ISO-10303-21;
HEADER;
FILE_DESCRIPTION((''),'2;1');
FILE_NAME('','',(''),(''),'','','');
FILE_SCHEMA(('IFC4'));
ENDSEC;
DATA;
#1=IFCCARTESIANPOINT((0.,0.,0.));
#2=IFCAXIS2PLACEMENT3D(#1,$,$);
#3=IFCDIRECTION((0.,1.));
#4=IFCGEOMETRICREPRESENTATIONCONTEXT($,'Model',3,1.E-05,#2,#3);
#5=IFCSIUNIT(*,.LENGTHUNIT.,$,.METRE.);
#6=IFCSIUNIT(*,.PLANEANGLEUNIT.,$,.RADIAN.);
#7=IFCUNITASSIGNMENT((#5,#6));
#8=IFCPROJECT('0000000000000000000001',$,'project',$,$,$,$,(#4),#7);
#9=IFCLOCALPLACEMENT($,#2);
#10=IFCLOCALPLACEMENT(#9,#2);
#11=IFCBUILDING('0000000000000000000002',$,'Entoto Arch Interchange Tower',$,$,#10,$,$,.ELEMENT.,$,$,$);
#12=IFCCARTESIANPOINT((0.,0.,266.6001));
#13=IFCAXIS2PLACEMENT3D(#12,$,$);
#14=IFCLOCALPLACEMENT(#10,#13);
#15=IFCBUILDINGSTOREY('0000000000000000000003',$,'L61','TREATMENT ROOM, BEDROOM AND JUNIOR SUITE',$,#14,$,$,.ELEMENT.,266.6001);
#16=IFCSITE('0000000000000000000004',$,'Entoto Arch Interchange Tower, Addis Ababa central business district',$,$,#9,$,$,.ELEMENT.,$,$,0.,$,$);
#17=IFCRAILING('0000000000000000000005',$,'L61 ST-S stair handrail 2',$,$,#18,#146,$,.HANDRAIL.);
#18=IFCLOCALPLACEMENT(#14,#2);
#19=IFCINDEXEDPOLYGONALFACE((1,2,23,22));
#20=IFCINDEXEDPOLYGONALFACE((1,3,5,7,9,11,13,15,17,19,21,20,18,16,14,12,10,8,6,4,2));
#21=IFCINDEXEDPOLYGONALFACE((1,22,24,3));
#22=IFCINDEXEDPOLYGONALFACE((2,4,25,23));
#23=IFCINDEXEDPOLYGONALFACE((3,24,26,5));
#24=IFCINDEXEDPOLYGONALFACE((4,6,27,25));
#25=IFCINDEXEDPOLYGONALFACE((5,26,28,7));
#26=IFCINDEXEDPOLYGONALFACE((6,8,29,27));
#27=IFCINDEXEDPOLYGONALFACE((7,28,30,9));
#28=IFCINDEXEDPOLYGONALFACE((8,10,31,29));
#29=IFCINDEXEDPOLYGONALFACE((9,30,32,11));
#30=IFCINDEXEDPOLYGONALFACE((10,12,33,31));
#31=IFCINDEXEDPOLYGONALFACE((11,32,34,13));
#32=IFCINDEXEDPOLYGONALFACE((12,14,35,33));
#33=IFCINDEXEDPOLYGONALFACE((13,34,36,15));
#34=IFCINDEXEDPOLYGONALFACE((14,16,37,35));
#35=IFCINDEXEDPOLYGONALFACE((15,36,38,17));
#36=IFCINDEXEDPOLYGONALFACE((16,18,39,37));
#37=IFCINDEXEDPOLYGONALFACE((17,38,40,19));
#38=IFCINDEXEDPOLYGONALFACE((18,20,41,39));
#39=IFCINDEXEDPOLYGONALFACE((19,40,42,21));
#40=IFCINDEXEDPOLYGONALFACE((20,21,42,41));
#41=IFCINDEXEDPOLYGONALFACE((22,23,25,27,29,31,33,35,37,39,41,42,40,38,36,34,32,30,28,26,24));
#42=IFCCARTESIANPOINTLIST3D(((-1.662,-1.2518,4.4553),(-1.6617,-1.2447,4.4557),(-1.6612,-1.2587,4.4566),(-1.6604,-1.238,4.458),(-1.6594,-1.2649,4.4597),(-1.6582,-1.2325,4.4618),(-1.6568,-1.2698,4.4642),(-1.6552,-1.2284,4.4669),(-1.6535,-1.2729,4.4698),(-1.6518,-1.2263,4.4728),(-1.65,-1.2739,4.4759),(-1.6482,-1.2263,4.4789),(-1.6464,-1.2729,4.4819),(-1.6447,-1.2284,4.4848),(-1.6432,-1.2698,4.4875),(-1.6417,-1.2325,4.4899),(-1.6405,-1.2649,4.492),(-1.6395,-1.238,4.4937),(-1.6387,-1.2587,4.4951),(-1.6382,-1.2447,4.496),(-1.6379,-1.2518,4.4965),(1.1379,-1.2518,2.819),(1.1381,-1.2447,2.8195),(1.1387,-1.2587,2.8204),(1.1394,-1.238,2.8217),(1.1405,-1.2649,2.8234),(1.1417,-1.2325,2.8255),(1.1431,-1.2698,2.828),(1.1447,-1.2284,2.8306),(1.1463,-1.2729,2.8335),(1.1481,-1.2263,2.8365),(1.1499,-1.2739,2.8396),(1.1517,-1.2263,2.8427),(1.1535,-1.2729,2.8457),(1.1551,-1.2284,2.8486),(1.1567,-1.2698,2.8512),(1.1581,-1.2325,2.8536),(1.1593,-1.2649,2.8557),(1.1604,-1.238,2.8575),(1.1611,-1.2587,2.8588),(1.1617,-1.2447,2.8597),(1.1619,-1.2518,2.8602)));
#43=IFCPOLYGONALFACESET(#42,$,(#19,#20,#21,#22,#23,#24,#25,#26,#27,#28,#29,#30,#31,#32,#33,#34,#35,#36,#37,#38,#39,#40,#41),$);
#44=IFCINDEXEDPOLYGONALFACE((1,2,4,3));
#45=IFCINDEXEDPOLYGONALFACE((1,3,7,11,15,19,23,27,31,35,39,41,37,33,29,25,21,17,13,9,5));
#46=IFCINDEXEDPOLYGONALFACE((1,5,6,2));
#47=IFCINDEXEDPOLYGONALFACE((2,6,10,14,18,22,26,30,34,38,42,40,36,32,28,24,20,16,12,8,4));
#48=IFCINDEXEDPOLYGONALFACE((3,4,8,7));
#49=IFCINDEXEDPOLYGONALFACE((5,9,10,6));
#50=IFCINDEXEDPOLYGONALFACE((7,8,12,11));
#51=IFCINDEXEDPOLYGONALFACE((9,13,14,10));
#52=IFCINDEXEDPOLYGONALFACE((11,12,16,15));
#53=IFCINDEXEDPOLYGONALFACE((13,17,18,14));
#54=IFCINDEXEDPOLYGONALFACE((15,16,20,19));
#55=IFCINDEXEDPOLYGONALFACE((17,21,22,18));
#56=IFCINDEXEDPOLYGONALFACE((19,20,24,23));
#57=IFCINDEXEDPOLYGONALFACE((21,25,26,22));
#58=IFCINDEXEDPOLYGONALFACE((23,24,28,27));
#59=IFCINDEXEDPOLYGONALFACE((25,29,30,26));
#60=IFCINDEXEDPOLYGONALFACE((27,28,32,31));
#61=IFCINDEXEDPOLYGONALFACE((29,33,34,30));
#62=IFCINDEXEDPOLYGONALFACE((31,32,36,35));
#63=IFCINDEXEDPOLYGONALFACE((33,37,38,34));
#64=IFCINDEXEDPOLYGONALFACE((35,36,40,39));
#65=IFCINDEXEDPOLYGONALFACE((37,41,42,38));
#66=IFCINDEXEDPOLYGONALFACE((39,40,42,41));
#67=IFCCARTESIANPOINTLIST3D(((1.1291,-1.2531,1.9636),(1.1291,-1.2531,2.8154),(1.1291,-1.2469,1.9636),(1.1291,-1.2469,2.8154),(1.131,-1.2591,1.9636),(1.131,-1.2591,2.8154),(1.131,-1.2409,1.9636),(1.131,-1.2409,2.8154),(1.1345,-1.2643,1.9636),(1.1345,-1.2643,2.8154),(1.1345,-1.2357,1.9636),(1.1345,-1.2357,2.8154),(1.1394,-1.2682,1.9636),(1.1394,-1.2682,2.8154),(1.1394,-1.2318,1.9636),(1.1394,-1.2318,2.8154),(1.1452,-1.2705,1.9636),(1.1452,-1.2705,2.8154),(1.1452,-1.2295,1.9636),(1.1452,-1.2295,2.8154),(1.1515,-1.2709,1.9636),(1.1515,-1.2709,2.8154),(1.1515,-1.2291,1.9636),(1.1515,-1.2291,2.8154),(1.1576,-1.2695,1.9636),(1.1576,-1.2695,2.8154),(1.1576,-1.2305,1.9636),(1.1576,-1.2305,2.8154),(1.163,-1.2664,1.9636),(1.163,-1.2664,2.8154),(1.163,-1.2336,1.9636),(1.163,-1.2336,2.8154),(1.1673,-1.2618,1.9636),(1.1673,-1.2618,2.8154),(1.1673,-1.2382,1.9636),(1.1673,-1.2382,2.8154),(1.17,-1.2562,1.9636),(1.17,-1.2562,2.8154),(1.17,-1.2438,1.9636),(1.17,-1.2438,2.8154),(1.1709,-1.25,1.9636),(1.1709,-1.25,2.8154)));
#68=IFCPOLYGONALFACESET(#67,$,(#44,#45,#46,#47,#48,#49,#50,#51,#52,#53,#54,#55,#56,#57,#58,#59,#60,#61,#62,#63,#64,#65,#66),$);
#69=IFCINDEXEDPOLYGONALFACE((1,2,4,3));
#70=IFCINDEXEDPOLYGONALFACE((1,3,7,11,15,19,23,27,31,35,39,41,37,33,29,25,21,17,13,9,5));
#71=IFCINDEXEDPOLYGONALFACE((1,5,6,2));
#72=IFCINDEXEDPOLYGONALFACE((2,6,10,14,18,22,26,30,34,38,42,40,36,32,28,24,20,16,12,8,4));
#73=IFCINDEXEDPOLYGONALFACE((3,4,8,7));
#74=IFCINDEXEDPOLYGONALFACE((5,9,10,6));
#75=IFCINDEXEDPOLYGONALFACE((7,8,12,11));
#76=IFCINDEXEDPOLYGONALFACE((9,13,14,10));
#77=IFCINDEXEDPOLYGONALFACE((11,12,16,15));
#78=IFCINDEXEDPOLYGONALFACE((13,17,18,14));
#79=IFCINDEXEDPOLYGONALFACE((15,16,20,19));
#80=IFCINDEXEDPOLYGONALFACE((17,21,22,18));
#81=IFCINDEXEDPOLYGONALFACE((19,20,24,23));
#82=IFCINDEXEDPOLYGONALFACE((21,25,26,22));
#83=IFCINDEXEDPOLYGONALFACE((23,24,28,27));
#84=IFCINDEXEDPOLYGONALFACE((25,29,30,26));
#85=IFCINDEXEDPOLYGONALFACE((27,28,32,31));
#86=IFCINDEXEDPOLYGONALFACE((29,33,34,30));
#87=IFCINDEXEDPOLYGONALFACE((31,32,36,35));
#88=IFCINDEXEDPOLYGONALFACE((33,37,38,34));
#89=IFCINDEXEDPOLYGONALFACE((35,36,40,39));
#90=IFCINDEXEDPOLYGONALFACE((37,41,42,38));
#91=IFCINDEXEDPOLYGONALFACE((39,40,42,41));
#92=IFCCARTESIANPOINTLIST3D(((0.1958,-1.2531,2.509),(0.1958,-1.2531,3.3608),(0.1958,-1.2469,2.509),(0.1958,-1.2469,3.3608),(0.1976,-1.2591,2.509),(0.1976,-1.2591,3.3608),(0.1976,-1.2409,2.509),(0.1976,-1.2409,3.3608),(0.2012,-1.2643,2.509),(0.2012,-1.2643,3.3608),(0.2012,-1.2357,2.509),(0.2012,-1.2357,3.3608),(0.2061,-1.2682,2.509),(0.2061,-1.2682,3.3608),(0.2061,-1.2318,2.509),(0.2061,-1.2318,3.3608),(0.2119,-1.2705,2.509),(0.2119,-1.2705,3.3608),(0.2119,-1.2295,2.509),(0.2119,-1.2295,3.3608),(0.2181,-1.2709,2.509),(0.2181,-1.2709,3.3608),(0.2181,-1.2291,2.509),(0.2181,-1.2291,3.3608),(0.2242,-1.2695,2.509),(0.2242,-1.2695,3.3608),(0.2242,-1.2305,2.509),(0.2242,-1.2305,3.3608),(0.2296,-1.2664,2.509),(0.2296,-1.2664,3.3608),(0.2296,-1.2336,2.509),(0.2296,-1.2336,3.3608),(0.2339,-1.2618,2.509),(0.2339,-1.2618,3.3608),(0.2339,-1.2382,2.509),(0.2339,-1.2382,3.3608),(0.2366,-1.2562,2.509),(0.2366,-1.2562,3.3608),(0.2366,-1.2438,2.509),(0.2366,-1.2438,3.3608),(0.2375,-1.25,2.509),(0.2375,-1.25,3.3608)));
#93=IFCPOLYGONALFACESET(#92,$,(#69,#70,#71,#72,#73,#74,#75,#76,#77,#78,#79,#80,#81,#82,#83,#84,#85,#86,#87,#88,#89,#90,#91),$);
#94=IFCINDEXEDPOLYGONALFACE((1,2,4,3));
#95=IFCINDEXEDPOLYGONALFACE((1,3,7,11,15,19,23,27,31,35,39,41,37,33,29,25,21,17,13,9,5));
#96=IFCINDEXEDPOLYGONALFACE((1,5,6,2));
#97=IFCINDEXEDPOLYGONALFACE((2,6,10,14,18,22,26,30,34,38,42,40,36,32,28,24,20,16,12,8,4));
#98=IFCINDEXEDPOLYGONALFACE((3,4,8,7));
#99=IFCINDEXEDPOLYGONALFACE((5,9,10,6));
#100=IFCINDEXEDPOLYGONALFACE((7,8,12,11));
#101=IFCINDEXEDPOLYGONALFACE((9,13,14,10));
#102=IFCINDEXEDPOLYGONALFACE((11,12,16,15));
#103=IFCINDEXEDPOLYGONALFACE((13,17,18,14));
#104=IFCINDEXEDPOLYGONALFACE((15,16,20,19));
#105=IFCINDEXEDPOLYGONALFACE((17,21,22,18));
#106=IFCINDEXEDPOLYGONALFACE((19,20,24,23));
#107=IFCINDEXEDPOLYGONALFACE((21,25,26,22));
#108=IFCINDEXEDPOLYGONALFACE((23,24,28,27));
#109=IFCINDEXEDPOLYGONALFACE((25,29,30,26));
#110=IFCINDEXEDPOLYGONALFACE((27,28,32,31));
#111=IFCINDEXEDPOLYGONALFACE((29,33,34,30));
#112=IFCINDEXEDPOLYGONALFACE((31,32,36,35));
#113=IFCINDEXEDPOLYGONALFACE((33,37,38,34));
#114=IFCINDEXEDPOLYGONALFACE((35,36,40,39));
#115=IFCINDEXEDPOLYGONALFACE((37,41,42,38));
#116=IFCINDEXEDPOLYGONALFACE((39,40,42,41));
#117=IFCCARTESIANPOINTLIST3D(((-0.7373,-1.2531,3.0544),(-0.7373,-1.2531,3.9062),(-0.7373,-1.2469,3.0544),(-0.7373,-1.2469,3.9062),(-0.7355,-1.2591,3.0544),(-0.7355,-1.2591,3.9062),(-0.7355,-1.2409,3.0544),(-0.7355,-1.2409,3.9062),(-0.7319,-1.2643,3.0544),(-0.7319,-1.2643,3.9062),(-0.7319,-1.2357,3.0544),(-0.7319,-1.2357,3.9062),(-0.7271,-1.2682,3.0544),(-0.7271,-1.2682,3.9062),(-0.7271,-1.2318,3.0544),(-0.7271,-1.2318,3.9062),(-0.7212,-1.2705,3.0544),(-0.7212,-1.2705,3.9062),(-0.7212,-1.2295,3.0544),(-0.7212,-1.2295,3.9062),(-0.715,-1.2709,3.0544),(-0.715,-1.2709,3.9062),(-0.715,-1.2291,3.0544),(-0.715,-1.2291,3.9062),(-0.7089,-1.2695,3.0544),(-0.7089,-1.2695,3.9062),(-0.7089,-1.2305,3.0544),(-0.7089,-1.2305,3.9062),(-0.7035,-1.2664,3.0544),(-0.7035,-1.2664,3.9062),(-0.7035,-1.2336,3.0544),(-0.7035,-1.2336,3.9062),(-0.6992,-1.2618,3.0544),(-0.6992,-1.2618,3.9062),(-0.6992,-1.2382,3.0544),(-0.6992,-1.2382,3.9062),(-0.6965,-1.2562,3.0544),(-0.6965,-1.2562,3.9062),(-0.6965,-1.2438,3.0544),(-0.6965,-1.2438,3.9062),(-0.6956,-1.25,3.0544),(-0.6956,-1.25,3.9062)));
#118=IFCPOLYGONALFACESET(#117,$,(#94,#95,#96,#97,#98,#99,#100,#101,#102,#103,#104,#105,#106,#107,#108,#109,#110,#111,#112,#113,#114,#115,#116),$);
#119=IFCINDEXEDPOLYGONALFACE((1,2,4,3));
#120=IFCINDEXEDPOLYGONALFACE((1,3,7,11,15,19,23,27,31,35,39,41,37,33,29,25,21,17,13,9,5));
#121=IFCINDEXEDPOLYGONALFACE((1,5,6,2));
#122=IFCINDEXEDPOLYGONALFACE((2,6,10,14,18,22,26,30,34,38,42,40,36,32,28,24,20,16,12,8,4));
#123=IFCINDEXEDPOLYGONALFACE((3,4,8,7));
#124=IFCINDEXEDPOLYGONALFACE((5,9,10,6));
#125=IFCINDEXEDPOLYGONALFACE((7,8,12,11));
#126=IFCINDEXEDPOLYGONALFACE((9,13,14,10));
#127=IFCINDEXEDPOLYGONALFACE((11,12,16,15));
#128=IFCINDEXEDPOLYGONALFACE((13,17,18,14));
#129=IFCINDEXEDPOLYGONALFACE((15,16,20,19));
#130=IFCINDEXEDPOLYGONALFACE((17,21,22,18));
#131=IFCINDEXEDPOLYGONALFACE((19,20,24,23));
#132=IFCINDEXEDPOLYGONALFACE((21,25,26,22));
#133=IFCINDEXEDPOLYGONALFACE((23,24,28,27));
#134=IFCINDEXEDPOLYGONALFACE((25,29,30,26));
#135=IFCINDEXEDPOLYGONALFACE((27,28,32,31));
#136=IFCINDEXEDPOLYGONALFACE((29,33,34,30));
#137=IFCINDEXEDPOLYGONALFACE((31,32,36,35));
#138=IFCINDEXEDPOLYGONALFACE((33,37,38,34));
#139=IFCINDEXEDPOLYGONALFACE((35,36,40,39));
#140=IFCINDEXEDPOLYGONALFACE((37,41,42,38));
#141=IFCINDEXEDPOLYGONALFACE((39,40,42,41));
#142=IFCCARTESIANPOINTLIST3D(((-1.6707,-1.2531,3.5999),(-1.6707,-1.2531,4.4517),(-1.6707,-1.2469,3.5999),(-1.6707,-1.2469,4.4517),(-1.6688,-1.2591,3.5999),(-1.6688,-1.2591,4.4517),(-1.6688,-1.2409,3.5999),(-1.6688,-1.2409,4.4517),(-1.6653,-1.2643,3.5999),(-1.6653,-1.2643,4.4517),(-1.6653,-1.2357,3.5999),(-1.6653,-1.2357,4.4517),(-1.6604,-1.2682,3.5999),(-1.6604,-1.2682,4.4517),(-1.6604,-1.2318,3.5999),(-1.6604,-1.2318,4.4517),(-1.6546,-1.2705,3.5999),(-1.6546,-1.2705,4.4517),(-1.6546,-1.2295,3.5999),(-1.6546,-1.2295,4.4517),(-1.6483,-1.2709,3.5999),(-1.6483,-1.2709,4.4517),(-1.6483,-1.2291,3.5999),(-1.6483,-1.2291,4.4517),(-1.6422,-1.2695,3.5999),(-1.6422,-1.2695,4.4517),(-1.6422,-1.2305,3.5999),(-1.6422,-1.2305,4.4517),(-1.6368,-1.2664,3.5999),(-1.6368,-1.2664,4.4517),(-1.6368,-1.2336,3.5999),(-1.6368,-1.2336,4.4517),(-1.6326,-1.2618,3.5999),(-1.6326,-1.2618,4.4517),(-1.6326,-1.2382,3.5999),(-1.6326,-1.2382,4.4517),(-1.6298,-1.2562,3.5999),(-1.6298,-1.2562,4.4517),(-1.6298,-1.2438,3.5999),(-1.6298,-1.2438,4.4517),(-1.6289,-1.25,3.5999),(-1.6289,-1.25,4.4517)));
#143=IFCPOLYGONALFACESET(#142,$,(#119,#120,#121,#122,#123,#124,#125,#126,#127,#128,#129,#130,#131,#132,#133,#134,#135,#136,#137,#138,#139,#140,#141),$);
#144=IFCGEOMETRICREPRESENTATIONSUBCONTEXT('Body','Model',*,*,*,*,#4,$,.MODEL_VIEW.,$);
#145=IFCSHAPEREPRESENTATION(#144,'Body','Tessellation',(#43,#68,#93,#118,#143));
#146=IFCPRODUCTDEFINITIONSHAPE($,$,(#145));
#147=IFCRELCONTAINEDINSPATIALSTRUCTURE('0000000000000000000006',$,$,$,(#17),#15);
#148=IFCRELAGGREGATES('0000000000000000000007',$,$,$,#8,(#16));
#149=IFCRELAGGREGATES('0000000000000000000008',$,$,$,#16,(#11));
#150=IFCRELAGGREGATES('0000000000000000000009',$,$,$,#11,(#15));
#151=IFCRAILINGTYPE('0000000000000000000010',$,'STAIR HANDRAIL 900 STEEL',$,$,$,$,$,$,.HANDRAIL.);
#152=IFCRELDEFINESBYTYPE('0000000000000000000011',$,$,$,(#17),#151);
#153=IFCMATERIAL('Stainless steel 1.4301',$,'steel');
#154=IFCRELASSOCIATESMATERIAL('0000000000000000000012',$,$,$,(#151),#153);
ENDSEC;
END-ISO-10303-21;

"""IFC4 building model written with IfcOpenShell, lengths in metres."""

from ifc_helpers import new_model, si_unit, direction, frame, origin, origin_2d, place, context, subcontext, project, spatial, circle, extrude, material, type_object, element, save


model = new_model("IFC4")

# Units and contexts
model_context = context("Model", 3, precision=1e-05, world=origin(), true_north=direction((0.0, 1.0)))
body_context = subcontext(model_context, "Body", "Model", "MODEL_VIEW")
ifc_project = project(units=[si_unit("LENGTHUNIT", "METRE"), si_unit("PLANEANGLEUNIT", "RADIAN")], contexts=[model_context])

# Site, building, storey
site_placement = place(None, origin())
site = spatial("IfcSite", under=ifc_project, at=site_placement, Name="Entoto Arch Interchange Tower, Addis Ababa central business district", CompositionType="ELEMENT", RefElevation=0.0)
building_placement = place(site_placement, origin())
building = spatial("IfcBuilding", under=site, at=building_placement, Name="Entoto Arch Interchange Tower", CompositionType="ELEMENT")
storey_placement = place(building_placement, frame((0.0, 0.0, 266.6001)))
storey = spatial("IfcBuildingStorey", under=building, at=storey_placement, Name="L61", Description="TREATMENT ROOM, BEDROOM AND JUNIOR SUITE", CompositionType="ELEMENT", Elevation=266.6001)

# Railing
ifc_material_1 = material(Name="Stainless steel 1.4301", Category="steel")
railing_type_1 = type_object("IfcRailingType", Name="STAIR HANDRAIL 900 STEEL", PredefinedType="HANDRAIL", material=ifc_material_1)
railing_1_placement = place(storey_placement, frame((1.1499, -1.25, 1.9636)))
element("IfcRailing", 1, at=railing_1_placement, inside=storey, type_object=railing_type_1, Name="L61 ST-S stair handrail 2", PredefinedType="HANDRAIL", context=body_context, shape_type="SweptSolid", body=[
    extrude(circle(Radius=0.0239, at=origin_2d()), frame((0.0, 0.0, 0.876), z_axis=(-0.863374, 0.0, 0.504564), x_axis=(0.0, -1.0, 0.0)), (0.0, 0.0, 1.0), 3.2429),
    extrude(circle(Radius=0.021, at=origin_2d()), origin(), (0.0, 0.0, 1.0), 0.8518),
    extrude(circle(Radius=0.021, at=origin_2d()), frame((-0.9333, 0.0, 0.5454)), (0.0, 0.0, 1.0), 0.8518),
    extrude(circle(Radius=0.021, at=origin_2d()), frame((-1.8665, 0.0, 1.0908)), (0.0, 0.0, 1.0), 0.8518),
    extrude(circle(Radius=0.021, at=origin_2d()), frame((-2.7998, 0.0, 1.6362)), (0.0, 0.0, 1.0), 0.8518),
])

save(model, "model.ifc")
